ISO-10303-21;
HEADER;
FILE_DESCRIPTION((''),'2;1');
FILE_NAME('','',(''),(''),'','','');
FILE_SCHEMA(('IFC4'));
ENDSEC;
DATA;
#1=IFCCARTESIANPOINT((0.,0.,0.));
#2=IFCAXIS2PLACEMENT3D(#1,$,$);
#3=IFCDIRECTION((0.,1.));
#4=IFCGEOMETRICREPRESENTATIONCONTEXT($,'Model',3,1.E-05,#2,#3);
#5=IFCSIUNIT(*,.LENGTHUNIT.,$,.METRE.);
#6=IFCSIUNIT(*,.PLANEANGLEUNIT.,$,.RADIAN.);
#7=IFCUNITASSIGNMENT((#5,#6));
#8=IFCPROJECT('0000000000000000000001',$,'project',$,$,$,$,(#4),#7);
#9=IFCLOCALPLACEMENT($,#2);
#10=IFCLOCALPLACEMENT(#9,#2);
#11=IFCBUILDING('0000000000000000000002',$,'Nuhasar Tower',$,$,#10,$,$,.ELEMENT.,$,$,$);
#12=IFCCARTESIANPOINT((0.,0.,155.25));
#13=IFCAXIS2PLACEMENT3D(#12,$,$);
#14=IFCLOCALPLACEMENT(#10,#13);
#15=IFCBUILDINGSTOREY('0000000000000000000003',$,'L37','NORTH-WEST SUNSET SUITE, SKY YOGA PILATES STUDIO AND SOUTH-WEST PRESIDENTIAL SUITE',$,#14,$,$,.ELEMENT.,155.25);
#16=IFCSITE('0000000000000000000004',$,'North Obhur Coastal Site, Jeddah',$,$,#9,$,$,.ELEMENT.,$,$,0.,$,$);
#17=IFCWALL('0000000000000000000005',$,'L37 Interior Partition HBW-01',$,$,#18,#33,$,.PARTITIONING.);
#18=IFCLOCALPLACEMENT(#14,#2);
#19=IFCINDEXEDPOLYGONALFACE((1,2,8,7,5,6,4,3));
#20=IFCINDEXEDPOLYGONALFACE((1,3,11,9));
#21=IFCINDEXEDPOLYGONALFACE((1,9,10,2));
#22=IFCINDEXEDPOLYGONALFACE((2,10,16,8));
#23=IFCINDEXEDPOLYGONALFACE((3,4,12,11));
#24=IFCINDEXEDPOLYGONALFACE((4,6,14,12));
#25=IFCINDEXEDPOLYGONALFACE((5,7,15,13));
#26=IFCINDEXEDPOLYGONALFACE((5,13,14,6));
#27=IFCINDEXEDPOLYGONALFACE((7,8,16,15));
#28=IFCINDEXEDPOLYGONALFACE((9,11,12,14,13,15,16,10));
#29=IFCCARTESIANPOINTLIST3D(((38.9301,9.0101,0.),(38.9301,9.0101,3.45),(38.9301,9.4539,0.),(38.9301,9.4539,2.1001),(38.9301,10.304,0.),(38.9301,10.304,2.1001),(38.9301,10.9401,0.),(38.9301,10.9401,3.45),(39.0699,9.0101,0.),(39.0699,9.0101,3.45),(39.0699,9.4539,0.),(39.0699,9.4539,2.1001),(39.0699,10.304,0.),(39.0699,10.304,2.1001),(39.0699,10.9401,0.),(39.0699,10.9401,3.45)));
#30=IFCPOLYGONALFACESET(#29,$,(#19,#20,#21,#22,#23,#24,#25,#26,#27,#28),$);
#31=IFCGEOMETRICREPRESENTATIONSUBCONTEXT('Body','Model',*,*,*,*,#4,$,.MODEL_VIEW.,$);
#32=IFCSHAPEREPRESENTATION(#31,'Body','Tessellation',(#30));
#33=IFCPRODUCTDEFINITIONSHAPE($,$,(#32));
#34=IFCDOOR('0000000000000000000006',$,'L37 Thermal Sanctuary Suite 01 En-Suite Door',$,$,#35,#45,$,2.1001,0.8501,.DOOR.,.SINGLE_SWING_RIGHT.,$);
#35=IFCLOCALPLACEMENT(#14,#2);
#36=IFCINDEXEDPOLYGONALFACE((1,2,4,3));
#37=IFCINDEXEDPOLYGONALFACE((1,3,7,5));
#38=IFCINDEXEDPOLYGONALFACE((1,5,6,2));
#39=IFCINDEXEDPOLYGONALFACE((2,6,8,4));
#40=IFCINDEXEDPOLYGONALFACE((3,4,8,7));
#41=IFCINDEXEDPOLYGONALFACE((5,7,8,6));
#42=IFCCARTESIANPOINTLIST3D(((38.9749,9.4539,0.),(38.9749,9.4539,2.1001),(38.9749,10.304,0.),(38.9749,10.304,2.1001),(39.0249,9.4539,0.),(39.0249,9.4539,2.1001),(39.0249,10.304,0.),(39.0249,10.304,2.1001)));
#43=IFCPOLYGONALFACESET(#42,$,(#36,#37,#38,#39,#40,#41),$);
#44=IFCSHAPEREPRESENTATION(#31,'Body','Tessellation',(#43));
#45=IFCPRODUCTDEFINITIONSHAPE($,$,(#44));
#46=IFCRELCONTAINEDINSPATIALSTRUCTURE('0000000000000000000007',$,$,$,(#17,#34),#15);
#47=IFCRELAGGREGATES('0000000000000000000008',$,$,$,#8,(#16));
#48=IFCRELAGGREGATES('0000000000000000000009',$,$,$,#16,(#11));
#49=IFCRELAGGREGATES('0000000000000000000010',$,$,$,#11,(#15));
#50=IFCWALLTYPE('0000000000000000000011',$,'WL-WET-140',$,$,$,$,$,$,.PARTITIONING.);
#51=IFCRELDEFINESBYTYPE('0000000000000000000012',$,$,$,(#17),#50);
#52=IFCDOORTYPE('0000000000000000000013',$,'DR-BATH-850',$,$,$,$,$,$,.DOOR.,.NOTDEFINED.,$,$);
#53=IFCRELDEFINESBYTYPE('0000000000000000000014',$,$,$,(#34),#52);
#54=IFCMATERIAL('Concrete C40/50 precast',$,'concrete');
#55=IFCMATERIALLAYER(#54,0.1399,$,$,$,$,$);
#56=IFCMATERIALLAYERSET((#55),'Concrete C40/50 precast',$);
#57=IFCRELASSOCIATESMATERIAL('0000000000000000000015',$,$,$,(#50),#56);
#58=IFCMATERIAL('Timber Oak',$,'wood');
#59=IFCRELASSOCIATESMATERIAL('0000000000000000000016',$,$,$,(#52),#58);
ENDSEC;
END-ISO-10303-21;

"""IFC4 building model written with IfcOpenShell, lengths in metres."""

from ifc_helpers import new_model, si_unit, direction, frame, frame_2d, origin, place, context, subcontext, project, spatial, rectangle, extrude, material, layer, layer_set, type_object, element, fill, save


model = new_model("IFC4")

# Units and contexts
model_context = context("Model", 3, precision=1e-05, world=origin(), true_north=direction((0.0, 1.0)))
body_context = subcontext(model_context, "Body", "Model", "MODEL_VIEW")
ifc_project = project(units=[si_unit("LENGTHUNIT", "METRE"), si_unit("PLANEANGLEUNIT", "RADIAN")], contexts=[model_context])

# Site, building, storey
site_placement = place(None, origin())
site = spatial("IfcSite", under=ifc_project, at=site_placement, Name="North Obhur Coastal Site, Jeddah", CompositionType="ELEMENT", RefElevation=0.0)
building_placement = place(site_placement, origin())
building = spatial("IfcBuilding", under=site, at=building_placement, Name="Nuhasar Tower", CompositionType="ELEMENT")
storey_placement = place(building_placement, frame((0.0, 0.0, 155.25)))
storey = spatial("IfcBuildingStorey", under=building, at=storey_placement, Name="L37", Description="NORTH-WEST SUNSET SUITE, SKY YOGA PILATES STUDIO AND SOUTH-WEST PRESIDENTIAL SUITE", CompositionType="ELEMENT", Elevation=155.25)

# Shared definitions
ifc_material_1 = material(Name="Timber Oak", Category="wood")

# Shared definitions
ifc_material_2 = material(Name="Concrete C40/50 precast", Category="concrete")

# Wall, opening, door
ifc_layer_1 = layer(ifc_material_2, 0.1399)
ifc_layer_set_1 = layer_set([ifc_layer_1], Name="Concrete C40/50 precast")
wall_type_1 = type_object("IfcWallType", Name="WL-WET-140", PredefinedType="PARTITIONING", material=ifc_layer_set_1)
wall_1_placement = place(storey_placement, frame((39.0, 10.9399, 0.0), z_axis=(0.0, 0.0, 1.0), x_axis=(0.0, -1.0, 0.0)))
wall_1 = element("IfcWall", 1, at=wall_1_placement, inside=storey, type_object=wall_type_1, Name="L37 Interior Partition HBW-01", PredefinedType="PARTITIONING", context=body_context, shape_type="SweptSolid", body=[
    extrude(rectangle(XDim=1.9299, YDim=0.1399, at=frame_2d((0.9648, 0.0))), origin(), (0.0, 0.0, 1.0), 3.45),
])
opening_1_placement = place(wall_1_placement, frame((0.636, 0.0, 0.0)))
opening_1 = element("IfcOpeningElement", 2, at=opening_1_placement, cuts=wall_1, PredefinedType="OPENING", context=body_context, shape_type="SweptSolid", body=[
    extrude(rectangle(XDim=0.8501, YDim=2.1001, at=frame_2d((0.425, 1.05))), frame((0.0, 0.0801, 0.0), z_axis=(0.0, -1.0, 0.0), x_axis=(1.0, 0.0, 0.0)), (0.0, 0.0, 1.0), 0.1599),
])
door_type_1 = type_object("IfcDoorType", Name="DR-BATH-850", OperationType="NOTDEFINED", PredefinedType="DOOR", material=ifc_material_1)
door_1_placement = place(opening_1_placement, origin())
door_1 = element("IfcDoor", 3, at=door_1_placement, inside=storey, type_object=door_type_1, Name="L37 Thermal Sanctuary Suite 01 En-Suite Door", OperationType="SINGLE_SWING_RIGHT", OverallHeight=2.1001, OverallWidth=0.8501, PredefinedType="DOOR", context=body_context, shape_type="SweptSolid", body=[
    extrude(rectangle(XDim=0.8501, YDim=2.1001, at=frame_2d((0.425, 1.05))), frame((0.0, 0.0249, 0.0), z_axis=(0.0, -1.0, 0.0), x_axis=(1.0, 0.0, 0.0)), (0.0, 0.0, 1.0), 0.05),
])
fill(opening_1, door_1)

save(model, "model.ifc")
